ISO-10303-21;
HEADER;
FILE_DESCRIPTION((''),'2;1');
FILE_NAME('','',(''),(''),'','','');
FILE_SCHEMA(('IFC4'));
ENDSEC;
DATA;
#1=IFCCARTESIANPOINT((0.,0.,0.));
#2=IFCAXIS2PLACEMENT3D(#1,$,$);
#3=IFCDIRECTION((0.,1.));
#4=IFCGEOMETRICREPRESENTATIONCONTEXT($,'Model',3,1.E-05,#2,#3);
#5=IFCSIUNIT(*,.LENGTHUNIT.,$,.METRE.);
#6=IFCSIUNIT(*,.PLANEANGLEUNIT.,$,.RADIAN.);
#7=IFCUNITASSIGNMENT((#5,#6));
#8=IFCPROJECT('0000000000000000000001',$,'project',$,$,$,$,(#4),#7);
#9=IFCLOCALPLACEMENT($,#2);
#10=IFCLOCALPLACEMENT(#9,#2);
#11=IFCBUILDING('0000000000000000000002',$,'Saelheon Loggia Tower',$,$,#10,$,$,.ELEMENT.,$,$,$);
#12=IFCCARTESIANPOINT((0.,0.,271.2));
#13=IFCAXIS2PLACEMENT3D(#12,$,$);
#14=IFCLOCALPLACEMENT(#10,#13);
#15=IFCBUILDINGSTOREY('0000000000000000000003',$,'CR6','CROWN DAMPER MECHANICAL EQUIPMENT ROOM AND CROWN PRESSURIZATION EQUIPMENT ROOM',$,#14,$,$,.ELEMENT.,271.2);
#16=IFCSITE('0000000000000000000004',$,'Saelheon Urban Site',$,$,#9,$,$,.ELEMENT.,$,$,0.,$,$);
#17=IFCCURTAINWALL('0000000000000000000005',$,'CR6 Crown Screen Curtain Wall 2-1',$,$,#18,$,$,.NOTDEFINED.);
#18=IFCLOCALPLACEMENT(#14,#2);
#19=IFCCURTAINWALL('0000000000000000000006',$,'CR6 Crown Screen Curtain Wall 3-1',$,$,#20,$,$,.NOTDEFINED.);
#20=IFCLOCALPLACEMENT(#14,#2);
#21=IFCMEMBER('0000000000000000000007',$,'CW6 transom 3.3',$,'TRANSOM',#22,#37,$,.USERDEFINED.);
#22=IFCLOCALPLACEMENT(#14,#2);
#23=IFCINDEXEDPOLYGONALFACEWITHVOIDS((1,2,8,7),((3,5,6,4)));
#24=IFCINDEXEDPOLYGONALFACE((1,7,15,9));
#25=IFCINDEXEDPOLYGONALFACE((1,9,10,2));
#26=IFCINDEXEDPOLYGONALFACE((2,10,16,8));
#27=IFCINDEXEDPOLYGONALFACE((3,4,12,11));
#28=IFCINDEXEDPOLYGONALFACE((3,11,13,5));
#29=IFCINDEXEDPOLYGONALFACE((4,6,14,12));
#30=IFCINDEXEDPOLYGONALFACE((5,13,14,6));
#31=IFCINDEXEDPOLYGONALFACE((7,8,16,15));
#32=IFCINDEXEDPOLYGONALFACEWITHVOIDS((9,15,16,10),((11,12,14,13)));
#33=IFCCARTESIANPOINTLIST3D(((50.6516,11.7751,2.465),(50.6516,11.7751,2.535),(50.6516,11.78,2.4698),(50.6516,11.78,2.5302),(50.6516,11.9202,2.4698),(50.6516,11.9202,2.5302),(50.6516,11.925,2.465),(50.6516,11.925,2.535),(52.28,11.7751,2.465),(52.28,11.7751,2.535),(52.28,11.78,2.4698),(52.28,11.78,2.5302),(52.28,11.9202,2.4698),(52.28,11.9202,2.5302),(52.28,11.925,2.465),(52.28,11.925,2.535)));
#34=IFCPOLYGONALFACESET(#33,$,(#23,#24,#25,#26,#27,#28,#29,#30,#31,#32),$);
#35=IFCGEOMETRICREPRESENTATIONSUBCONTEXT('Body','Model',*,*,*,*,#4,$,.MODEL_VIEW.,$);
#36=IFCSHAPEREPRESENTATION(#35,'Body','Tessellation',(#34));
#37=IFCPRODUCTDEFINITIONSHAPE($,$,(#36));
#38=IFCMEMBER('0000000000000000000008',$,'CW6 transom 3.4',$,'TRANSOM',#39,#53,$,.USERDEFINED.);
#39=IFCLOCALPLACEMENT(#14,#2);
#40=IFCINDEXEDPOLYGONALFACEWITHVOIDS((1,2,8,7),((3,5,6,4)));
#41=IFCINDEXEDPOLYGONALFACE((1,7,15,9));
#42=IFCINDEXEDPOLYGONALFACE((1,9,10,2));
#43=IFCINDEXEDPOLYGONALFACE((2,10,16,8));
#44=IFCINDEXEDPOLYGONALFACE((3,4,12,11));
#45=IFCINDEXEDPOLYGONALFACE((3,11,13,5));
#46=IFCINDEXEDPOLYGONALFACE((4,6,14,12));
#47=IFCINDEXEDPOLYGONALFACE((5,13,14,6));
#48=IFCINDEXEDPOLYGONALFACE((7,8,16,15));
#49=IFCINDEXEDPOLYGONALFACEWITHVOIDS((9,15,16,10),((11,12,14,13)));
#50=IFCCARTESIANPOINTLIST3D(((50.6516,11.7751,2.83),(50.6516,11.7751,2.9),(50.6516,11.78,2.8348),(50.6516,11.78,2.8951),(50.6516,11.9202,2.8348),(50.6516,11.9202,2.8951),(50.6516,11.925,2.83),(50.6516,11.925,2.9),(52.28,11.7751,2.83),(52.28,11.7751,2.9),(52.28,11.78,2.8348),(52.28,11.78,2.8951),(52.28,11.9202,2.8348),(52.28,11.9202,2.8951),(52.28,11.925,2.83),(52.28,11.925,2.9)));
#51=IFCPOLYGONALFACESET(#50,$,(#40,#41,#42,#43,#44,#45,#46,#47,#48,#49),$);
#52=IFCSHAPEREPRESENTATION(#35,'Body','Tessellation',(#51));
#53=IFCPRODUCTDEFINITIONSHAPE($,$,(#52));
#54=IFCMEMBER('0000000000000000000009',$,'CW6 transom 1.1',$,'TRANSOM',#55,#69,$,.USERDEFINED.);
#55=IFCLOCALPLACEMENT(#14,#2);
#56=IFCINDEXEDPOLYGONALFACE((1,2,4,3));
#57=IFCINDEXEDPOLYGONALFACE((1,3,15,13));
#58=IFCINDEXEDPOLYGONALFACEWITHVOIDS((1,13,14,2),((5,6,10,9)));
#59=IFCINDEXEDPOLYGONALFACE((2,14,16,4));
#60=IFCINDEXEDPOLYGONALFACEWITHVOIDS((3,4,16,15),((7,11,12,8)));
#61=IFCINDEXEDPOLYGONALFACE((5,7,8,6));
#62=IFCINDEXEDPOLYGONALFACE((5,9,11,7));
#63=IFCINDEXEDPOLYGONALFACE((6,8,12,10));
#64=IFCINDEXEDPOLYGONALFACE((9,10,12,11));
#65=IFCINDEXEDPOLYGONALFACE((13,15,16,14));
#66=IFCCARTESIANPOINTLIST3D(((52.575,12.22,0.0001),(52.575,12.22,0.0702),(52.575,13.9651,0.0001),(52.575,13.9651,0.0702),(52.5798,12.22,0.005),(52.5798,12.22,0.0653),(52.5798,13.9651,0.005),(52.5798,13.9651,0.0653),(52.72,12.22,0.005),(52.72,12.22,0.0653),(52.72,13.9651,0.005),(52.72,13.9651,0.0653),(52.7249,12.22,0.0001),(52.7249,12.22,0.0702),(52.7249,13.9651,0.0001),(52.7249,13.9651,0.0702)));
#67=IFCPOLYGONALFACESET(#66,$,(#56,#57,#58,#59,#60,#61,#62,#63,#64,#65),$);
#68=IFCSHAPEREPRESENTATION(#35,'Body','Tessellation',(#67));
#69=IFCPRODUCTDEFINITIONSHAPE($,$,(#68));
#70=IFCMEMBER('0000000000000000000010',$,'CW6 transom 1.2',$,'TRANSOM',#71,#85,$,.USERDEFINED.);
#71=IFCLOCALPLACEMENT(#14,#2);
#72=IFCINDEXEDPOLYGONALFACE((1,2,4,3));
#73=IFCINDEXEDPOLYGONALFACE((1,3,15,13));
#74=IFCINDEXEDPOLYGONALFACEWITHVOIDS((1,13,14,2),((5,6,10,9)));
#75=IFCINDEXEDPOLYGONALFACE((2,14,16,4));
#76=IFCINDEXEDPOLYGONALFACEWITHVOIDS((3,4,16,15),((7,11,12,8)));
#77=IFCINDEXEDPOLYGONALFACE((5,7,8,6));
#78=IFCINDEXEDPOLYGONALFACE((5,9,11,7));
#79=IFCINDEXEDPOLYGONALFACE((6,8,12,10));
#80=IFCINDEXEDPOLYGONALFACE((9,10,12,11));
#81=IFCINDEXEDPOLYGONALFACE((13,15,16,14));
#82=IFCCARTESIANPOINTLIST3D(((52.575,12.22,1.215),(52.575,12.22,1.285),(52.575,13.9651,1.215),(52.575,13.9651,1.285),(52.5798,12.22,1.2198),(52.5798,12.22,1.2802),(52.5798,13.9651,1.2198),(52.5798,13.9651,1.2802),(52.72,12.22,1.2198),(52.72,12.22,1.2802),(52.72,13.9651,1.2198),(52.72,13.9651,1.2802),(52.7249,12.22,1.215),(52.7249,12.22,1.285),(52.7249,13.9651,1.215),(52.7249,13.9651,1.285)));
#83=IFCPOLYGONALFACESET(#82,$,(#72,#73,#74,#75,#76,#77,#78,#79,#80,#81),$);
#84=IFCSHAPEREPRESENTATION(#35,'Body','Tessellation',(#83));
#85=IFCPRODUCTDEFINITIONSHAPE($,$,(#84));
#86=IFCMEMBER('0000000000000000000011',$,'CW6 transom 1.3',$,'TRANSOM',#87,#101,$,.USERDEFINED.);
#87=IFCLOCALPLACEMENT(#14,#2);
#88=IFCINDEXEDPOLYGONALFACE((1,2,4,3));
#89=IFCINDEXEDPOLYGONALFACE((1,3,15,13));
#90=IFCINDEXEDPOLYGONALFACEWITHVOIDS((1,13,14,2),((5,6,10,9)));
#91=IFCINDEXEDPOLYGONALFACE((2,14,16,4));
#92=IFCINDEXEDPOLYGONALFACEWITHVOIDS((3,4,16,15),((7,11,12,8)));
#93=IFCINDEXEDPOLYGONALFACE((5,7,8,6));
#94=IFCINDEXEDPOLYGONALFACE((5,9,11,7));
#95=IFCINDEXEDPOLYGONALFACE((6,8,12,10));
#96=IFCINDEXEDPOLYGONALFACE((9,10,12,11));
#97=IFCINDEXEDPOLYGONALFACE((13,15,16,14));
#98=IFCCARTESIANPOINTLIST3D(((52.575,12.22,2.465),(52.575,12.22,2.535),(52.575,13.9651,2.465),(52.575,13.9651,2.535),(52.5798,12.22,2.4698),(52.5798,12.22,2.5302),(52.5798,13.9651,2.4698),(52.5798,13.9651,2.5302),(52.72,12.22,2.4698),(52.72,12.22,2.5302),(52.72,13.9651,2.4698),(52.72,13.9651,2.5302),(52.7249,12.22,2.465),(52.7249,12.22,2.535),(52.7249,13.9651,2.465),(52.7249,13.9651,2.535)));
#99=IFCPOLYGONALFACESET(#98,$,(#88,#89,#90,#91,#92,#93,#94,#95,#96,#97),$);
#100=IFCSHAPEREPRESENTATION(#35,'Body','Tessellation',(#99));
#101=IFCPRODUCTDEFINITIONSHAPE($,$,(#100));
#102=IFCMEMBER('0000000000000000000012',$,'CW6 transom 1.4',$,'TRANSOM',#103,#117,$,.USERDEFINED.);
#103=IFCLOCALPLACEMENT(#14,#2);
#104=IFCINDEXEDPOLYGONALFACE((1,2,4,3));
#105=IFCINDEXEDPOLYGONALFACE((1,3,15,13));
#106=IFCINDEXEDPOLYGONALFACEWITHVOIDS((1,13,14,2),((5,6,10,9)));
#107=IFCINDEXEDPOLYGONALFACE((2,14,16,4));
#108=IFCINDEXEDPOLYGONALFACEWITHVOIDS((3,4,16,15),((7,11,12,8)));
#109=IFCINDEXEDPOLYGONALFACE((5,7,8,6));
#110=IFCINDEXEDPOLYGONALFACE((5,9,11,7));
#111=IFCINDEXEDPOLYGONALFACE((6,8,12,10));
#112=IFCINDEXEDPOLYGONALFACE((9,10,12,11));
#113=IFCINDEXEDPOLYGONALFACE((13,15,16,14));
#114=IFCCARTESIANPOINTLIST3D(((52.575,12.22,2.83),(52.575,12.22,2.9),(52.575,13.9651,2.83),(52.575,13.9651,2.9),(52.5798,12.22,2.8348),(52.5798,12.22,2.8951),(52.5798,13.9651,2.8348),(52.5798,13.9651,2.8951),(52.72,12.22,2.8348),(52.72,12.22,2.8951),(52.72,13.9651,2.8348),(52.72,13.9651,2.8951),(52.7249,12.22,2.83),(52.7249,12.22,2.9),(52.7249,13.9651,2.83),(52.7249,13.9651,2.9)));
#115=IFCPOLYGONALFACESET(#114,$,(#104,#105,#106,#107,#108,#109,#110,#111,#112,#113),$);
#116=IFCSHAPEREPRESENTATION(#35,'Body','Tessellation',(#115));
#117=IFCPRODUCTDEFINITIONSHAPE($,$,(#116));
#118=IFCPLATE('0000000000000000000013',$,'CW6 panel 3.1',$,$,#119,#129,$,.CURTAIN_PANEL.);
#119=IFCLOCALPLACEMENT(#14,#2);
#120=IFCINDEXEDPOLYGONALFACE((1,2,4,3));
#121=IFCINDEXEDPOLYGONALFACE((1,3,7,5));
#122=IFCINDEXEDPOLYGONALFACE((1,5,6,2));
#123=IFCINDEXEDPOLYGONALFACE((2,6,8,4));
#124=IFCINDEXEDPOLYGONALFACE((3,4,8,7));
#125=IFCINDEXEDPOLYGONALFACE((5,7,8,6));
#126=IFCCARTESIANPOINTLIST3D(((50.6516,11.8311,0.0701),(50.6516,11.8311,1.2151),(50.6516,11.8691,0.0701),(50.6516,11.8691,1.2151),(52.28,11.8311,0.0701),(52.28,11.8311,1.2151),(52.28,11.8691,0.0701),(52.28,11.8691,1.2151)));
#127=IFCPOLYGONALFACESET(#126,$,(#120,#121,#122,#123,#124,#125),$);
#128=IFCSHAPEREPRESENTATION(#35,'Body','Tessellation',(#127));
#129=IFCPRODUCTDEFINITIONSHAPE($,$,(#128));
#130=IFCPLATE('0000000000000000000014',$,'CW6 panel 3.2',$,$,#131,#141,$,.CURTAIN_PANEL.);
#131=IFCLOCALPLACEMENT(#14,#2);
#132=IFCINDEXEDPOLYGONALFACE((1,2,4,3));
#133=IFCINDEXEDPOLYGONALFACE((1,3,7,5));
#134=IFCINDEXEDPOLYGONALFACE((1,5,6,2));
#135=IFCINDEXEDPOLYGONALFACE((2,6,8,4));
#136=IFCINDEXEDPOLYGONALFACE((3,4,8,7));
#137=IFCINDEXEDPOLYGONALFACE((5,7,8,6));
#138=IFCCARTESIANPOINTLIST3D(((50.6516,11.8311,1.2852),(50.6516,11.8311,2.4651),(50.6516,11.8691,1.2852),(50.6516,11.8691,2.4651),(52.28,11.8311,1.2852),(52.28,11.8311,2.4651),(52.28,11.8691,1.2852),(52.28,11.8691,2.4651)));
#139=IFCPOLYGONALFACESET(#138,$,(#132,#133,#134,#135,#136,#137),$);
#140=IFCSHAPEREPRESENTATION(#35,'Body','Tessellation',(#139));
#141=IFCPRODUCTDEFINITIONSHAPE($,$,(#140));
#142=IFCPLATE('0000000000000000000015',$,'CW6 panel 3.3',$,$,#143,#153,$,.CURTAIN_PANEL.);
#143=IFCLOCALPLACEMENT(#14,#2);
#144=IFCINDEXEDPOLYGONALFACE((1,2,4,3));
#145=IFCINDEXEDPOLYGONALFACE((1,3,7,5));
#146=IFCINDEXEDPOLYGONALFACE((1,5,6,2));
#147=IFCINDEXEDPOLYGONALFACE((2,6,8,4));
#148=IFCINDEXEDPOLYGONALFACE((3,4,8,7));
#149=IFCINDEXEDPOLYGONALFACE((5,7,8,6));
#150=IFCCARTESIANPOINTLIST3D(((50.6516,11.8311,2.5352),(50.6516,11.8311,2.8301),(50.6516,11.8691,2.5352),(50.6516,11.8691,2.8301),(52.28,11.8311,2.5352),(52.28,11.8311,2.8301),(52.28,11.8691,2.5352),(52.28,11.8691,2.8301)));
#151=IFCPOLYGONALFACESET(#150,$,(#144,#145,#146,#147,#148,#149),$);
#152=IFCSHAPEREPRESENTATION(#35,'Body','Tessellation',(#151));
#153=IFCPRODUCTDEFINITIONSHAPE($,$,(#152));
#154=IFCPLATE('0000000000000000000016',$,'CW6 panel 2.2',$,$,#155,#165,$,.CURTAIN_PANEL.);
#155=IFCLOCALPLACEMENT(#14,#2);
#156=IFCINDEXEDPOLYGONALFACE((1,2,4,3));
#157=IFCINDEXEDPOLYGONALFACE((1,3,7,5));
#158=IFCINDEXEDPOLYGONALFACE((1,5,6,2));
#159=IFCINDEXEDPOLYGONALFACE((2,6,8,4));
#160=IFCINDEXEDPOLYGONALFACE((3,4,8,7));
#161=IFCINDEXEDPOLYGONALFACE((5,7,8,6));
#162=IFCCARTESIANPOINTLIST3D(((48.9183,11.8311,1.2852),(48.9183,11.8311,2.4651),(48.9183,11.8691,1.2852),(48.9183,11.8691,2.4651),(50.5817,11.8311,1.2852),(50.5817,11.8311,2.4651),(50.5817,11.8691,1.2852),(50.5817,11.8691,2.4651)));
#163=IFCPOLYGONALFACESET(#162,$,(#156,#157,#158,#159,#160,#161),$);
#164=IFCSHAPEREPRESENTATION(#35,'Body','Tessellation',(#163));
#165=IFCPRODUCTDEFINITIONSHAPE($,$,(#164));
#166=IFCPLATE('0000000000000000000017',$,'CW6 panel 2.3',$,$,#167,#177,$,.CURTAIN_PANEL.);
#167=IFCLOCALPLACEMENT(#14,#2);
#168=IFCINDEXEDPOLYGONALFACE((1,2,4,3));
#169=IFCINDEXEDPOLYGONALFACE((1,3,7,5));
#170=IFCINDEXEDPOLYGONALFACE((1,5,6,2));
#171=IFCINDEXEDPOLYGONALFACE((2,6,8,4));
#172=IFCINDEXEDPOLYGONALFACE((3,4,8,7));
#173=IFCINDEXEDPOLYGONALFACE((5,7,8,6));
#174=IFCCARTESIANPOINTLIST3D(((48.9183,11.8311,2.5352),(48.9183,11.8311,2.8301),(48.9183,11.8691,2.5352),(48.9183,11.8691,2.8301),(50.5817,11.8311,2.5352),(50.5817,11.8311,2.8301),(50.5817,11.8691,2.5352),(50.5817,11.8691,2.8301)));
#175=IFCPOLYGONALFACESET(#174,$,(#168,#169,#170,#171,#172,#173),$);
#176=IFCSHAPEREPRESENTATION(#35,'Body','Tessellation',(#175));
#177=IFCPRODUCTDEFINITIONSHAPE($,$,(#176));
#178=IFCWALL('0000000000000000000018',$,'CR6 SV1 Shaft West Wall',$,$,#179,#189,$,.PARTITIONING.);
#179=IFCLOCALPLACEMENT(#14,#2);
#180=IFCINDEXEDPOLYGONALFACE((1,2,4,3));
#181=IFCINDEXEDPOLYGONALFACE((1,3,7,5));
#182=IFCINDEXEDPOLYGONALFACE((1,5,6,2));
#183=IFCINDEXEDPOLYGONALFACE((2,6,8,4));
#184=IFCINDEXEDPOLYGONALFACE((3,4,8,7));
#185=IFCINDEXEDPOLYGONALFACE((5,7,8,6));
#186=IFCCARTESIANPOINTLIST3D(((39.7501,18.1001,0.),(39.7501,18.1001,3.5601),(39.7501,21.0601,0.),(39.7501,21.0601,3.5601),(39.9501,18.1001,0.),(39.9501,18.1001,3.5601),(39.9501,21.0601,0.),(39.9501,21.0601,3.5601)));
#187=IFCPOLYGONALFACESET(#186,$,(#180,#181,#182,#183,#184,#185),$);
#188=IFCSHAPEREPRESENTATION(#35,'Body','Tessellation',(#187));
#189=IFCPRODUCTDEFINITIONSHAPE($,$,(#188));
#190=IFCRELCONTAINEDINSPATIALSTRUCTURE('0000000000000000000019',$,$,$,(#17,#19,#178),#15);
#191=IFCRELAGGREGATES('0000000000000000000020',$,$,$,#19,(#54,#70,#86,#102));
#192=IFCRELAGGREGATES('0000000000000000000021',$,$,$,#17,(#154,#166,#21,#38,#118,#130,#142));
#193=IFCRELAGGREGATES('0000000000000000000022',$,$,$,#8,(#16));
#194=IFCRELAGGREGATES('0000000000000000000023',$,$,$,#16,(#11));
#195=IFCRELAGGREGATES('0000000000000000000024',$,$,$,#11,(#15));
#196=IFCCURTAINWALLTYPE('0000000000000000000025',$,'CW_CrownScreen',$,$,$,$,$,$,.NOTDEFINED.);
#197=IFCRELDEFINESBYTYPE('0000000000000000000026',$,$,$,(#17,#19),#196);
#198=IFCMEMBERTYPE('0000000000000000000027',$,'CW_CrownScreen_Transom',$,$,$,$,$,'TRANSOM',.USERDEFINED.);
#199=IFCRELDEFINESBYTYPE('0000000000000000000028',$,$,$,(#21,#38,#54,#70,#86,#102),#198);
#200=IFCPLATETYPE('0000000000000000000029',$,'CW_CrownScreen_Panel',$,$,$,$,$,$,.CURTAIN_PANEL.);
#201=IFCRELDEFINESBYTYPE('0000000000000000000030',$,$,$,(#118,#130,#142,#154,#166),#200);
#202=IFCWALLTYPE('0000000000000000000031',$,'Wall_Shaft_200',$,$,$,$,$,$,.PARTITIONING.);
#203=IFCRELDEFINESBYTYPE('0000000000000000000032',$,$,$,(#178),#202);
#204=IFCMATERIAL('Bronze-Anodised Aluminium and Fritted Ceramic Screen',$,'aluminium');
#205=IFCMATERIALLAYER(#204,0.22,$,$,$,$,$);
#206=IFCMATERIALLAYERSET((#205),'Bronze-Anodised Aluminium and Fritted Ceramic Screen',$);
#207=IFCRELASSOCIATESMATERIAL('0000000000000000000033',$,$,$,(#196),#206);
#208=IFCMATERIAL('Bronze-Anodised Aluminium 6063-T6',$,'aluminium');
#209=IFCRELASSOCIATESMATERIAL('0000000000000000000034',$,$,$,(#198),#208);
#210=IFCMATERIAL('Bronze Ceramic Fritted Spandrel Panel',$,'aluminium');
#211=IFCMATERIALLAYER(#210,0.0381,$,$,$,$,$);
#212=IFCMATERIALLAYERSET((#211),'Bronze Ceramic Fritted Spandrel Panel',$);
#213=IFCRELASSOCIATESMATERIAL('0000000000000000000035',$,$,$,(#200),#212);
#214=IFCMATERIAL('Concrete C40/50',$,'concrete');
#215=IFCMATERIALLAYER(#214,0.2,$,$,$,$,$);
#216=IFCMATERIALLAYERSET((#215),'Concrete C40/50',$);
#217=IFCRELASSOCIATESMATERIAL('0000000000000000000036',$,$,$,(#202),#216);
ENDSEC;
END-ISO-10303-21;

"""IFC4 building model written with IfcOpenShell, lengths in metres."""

from ifc_helpers import new_model, si_unit, direction, frame, frame_2d, origin, origin_2d, place, context, subcontext, project, spatial, rectangle, hollow_rectangle, extrude, source, transform, mapped, material, layer, layer_set, material_profile, profile_set, type_object, element, aggregate, save


model = new_model("IFC4")

# Units and contexts
model_context = context("Model", 3, precision=1e-05, world=origin(), true_north=direction((0.0, 1.0)))
body_context = subcontext(model_context, "Body", "Model", "MODEL_VIEW")
ifc_project = project(units=[si_unit("LENGTHUNIT", "METRE"), si_unit("PLANEANGLEUNIT", "RADIAN")], contexts=[model_context])

# Site, building, storey
site_placement = place(None, origin())
site = spatial("IfcSite", under=ifc_project, at=site_placement, Name="Saelheon Urban Site", CompositionType="ELEMENT", RefElevation=0.0)
building_placement = place(site_placement, origin())
building = spatial("IfcBuilding", under=site, at=building_placement, Name="Saelheon Loggia Tower", CompositionType="ELEMENT")
storey_placement = place(building_placement, frame((0.0, 0.0, 271.2)))
storey = spatial("IfcBuildingStorey", under=building, at=storey_placement, Name="CR6", Description="CROWN DAMPER MECHANICAL EQUIPMENT ROOM AND CROWN PRESSURIZATION EQUIPMENT ROOM", CompositionType="ELEMENT", Elevation=271.2)

# Curtain wall
ifc_material_1 = material(Name="Bronze-Anodised Aluminium and Fritted Ceramic Screen", Category="aluminium")
ifc_layer_1 = layer(ifc_material_1, 0.22)
ifc_layer_set_1 = layer_set([ifc_layer_1], Name="Bronze-Anodised Aluminium and Fritted Ceramic Screen")
curtain_wall_type = type_object("IfcCurtainWallType", Name="CW_CrownScreen", PredefinedType="NOTDEFINED", material=ifc_layer_set_1)
curtain_wall_1_placement = place(storey_placement, origin())
curtain_wall_1 = element("IfcCurtainWall", 1, at=curtain_wall_1_placement, inside=storey, type_object=curtain_wall_type, Name="CR6 Crown Screen Curtain Wall 2-1", PredefinedType="NOTDEFINED")
ifc_material_2 = material(Name="Bronze-Anodised Aluminium 6063-T6", Category="aluminium")

# Curtain wall
curtain_wall_2_placement = place(storey_placement, origin())
curtain_wall_2 = element("IfcCurtainWall", 2, at=curtain_wall_2_placement, inside=storey, type_object=curtain_wall_type, Name="CR6 Crown Screen Curtain Wall 3-1", PredefinedType="NOTDEFINED")

# Members
ifc_material_profile_1 = material_profile(ifc_material_2, hollow_rectangle(XDim=0.0701, YDim=0.1499, WallThickness=0.0049, at=origin_2d()), Name="RHS-150x70x5")
ifc_profile_set_1 = profile_set([ifc_material_profile_1], Name="Bronze-Anodised Aluminium 6063-T6")
member_type_1 = type_object("IfcMemberType", Name="CW_CrownScreen_Transom", ElementType="TRANSOM", PredefinedType="USERDEFINED", material=ifc_profile_set_1)
shared_shape_1 = source(origin(), body_context, "Body", "SweptSolid", [
    extrude(hollow_rectangle(XDim=0.0701, YDim=0.1499, WallThickness=0.0049, at=origin_2d()), origin(), (0.0, 0.0, 1.0), 1.6284),
])
member_1_placement = place(storey_placement, frame((50.6516, 11.8501, 2.5), z_axis=(1.0, 0.0, 0.0), x_axis=(0.0, 0.0, 1.0)))
member_1 = element("IfcMember", 3, at=member_1_placement, type_object=member_type_1, Name="CW6 transom 3.3", ObjectType="TRANSOM", PredefinedType="USERDEFINED", context=body_context, shape_type="MappedRepresentation", body=[
    mapped(shared_shape_1, transform((0.0, 0.0, 0.0), scale=1.0)),
])
member_2_placement = place(storey_placement, frame((50.6516, 11.8501, 2.865), z_axis=(1.0, 0.0, 0.0), x_axis=(0.0, 0.0, 1.0)))
member_2 = element("IfcMember", 4, at=member_2_placement, type_object=member_type_1, Name="CW6 transom 3.4", ObjectType="TRANSOM", PredefinedType="USERDEFINED", context=body_context, shape_type="MappedRepresentation", body=[
    mapped(shared_shape_1, transform((0.0, 0.0, 0.0), scale=1.0)),
])
shared_shape_2 = source(origin(), body_context, "Body", "SweptSolid", [
    extrude(hollow_rectangle(XDim=0.0701, YDim=0.1499, WallThickness=0.0049, at=origin_2d()), origin(), (0.0, 0.0, 1.0), 1.7451),
])
member_3_placement = place(storey_placement, frame((52.6499, 12.22, 0.0352), z_axis=(0.0, 1.0, 0.0), x_axis=(0.0, 0.0, 1.0)))
member_3 = element("IfcMember", 5, at=member_3_placement, type_object=member_type_1, Name="CW6 transom 1.1", ObjectType="TRANSOM", PredefinedType="USERDEFINED", context=body_context, shape_type="MappedRepresentation", body=[
    mapped(shared_shape_2, transform((0.0, 0.0, 0.0), scale=1.0)),
])
member_4_placement = place(storey_placement, frame((52.6499, 12.22, 1.25), z_axis=(0.0, 1.0, 0.0), x_axis=(0.0, 0.0, 1.0)))
member_4 = element("IfcMember", 6, at=member_4_placement, type_object=member_type_1, Name="CW6 transom 1.2", ObjectType="TRANSOM", PredefinedType="USERDEFINED", context=body_context, shape_type="MappedRepresentation", body=[
    mapped(shared_shape_2, transform((0.0, 0.0, 0.0), scale=1.0)),
])
member_5_placement = place(storey_placement, frame((52.6499, 12.22, 2.5), z_axis=(0.0, 1.0, 0.0), x_axis=(0.0, 0.0, 1.0)))
member_5 = element("IfcMember", 7, at=member_5_placement, type_object=member_type_1, Name="CW6 transom 1.3", ObjectType="TRANSOM", PredefinedType="USERDEFINED", context=body_context, shape_type="MappedRepresentation", body=[
    mapped(shared_shape_2, transform((0.0, 0.0, 0.0), scale=1.0)),
])
member_6_placement = place(storey_placement, frame((52.6499, 12.22, 2.865), z_axis=(0.0, 1.0, 0.0), x_axis=(0.0, 0.0, 1.0)))
member_6 = element("IfcMember", 8, at=member_6_placement, type_object=member_type_1, Name="CW6 transom 1.4", ObjectType="TRANSOM", PredefinedType="USERDEFINED", context=body_context, shape_type="MappedRepresentation", body=[
    mapped(shared_shape_2, transform((0.0, 0.0, 0.0), scale=1.0)),
])
aggregate(curtain_wall_2, [member_3, member_4, member_5, member_6])

# Plates
ifc_material_3 = material(Name="Bronze Ceramic Fritted Spandrel Panel", Category="aluminium")
ifc_layer_2 = layer(ifc_material_3, 0.0381)
ifc_layer_set_2 = layer_set([ifc_layer_2], Name="Bronze Ceramic Fritted Spandrel Panel")
plate_type = type_object("IfcPlateType", Name="CW_CrownScreen_Panel", PredefinedType="CURTAIN_PANEL", material=ifc_layer_set_2)
shared_shape_3 = source(origin(), body_context, "Body", "SweptSolid", [
    extrude(rectangle(XDim=1.6284, YDim=0.0381, at=origin_2d()), origin(), (0.0, 0.0, 1.0), 1.145),
])
plate_1_placement = place(storey_placement, frame((51.4658, 11.8501, 0.0701), z_axis=(0.0, 0.0, 1.0), x_axis=(1.0, 0.0, 0.0)))
plate_1 = element("IfcPlate", 9, at=plate_1_placement, type_object=plate_type, Name="CW6 panel 3.1", PredefinedType="CURTAIN_PANEL", context=body_context, shape_type="MappedRepresentation", body=[
    mapped(shared_shape_3, transform((0.0, 0.0, 0.0), scale=1.0)),
])
shared_shape_4 = source(origin(), body_context, "Body", "SweptSolid", [
    extrude(rectangle(XDim=1.6284, YDim=0.0381, at=origin_2d()), origin(), (0.0, 0.0, 1.0), 1.1799),
])
plate_2_placement = place(storey_placement, frame((51.4658, 11.8501, 1.2852), z_axis=(0.0, 0.0, 1.0), x_axis=(1.0, 0.0, 0.0)))
plate_2 = element("IfcPlate", 10, at=plate_2_placement, type_object=plate_type, Name="CW6 panel 3.2", PredefinedType="CURTAIN_PANEL", context=body_context, shape_type="MappedRepresentation", body=[
    mapped(shared_shape_4, transform((0.0, 0.0, 0.0), scale=1.0)),
])
shared_shape_5 = source(origin(), body_context, "Body", "SweptSolid", [
    extrude(rectangle(XDim=1.6284, YDim=0.0381, at=origin_2d()), origin(), (0.0, 0.0, 1.0), 0.2949),
])
plate_3_placement = place(storey_placement, frame((51.4658, 11.8501, 2.5352), z_axis=(0.0, 0.0, 1.0), x_axis=(1.0, 0.0, 0.0)))
plate_3 = element("IfcPlate", 11, at=plate_3_placement, type_object=plate_type, Name="CW6 panel 3.3", PredefinedType="CURTAIN_PANEL", context=body_context, shape_type="MappedRepresentation", body=[
    mapped(shared_shape_5, transform((0.0, 0.0, 0.0), scale=1.0)),
])
shared_shape_6 = source(origin(), body_context, "Body", "SweptSolid", [
    extrude(rectangle(XDim=1.6633, YDim=0.0381, at=origin_2d()), origin(), (0.0, 0.0, 1.0), 1.1799),
])
plate_4_placement = place(storey_placement, frame((49.75, 11.8501, 1.2852), z_axis=(0.0, 0.0, 1.0), x_axis=(1.0, 0.0, 0.0)))
plate_4 = element("IfcPlate", 12, at=plate_4_placement, type_object=plate_type, Name="CW6 panel 2.2", PredefinedType="CURTAIN_PANEL", context=body_context, shape_type="MappedRepresentation", body=[
    mapped(shared_shape_6, transform((0.0, 0.0, 0.0), scale=1.0)),
])
shared_shape_7 = source(origin(), body_context, "Body", "SweptSolid", [
    extrude(rectangle(XDim=1.6633, YDim=0.0381, at=origin_2d()), origin(), (0.0, 0.0, 1.0), 0.2949),
])
plate_5_placement = place(storey_placement, frame((49.75, 11.8501, 2.5352), z_axis=(0.0, 0.0, 1.0), x_axis=(1.0, 0.0, 0.0)))
plate_5 = element("IfcPlate", 13, at=plate_5_placement, type_object=plate_type, Name="CW6 panel 2.3", PredefinedType="CURTAIN_PANEL", context=body_context, shape_type="MappedRepresentation", body=[
    mapped(shared_shape_7, transform((0.0, 0.0, 0.0), scale=1.0)),
])
aggregate(curtain_wall_1, [plate_4, plate_5, member_1, member_2, plate_1, plate_2, plate_3])

# Wall
ifc_material_4 = material(Name="Concrete C40/50", Category="concrete")
ifc_layer_3 = layer(ifc_material_4, 0.2)
ifc_layer_set_3 = layer_set([ifc_layer_3], Name="Concrete C40/50")
wall_type = type_object("IfcWallType", Name="Wall_Shaft_200", PredefinedType="PARTITIONING", material=ifc_layer_set_3)
for number, where, z_axis, x_axis, name in (
    (14, (39.8501, 18.1001, 0.0), (0.0, 0.0, 1.0), (0.0, 1.0, 0.0), "CR6 SV1 Shaft West Wall"),
):
    element("IfcWall", number, at=place(storey_placement, frame(where, z_axis=z_axis, x_axis=x_axis)), inside=storey, type_object=wall_type, Name=name, PredefinedType="PARTITIONING", context=body_context, shape_type="SweptSolid", body=[
        extrude(rectangle(XDim=2.96, YDim=0.2, at=frame_2d((1.48, 0.0))), origin(), (0.0, 0.0, 1.0), 3.5601),
    ])

save(model, "model.ifc")
